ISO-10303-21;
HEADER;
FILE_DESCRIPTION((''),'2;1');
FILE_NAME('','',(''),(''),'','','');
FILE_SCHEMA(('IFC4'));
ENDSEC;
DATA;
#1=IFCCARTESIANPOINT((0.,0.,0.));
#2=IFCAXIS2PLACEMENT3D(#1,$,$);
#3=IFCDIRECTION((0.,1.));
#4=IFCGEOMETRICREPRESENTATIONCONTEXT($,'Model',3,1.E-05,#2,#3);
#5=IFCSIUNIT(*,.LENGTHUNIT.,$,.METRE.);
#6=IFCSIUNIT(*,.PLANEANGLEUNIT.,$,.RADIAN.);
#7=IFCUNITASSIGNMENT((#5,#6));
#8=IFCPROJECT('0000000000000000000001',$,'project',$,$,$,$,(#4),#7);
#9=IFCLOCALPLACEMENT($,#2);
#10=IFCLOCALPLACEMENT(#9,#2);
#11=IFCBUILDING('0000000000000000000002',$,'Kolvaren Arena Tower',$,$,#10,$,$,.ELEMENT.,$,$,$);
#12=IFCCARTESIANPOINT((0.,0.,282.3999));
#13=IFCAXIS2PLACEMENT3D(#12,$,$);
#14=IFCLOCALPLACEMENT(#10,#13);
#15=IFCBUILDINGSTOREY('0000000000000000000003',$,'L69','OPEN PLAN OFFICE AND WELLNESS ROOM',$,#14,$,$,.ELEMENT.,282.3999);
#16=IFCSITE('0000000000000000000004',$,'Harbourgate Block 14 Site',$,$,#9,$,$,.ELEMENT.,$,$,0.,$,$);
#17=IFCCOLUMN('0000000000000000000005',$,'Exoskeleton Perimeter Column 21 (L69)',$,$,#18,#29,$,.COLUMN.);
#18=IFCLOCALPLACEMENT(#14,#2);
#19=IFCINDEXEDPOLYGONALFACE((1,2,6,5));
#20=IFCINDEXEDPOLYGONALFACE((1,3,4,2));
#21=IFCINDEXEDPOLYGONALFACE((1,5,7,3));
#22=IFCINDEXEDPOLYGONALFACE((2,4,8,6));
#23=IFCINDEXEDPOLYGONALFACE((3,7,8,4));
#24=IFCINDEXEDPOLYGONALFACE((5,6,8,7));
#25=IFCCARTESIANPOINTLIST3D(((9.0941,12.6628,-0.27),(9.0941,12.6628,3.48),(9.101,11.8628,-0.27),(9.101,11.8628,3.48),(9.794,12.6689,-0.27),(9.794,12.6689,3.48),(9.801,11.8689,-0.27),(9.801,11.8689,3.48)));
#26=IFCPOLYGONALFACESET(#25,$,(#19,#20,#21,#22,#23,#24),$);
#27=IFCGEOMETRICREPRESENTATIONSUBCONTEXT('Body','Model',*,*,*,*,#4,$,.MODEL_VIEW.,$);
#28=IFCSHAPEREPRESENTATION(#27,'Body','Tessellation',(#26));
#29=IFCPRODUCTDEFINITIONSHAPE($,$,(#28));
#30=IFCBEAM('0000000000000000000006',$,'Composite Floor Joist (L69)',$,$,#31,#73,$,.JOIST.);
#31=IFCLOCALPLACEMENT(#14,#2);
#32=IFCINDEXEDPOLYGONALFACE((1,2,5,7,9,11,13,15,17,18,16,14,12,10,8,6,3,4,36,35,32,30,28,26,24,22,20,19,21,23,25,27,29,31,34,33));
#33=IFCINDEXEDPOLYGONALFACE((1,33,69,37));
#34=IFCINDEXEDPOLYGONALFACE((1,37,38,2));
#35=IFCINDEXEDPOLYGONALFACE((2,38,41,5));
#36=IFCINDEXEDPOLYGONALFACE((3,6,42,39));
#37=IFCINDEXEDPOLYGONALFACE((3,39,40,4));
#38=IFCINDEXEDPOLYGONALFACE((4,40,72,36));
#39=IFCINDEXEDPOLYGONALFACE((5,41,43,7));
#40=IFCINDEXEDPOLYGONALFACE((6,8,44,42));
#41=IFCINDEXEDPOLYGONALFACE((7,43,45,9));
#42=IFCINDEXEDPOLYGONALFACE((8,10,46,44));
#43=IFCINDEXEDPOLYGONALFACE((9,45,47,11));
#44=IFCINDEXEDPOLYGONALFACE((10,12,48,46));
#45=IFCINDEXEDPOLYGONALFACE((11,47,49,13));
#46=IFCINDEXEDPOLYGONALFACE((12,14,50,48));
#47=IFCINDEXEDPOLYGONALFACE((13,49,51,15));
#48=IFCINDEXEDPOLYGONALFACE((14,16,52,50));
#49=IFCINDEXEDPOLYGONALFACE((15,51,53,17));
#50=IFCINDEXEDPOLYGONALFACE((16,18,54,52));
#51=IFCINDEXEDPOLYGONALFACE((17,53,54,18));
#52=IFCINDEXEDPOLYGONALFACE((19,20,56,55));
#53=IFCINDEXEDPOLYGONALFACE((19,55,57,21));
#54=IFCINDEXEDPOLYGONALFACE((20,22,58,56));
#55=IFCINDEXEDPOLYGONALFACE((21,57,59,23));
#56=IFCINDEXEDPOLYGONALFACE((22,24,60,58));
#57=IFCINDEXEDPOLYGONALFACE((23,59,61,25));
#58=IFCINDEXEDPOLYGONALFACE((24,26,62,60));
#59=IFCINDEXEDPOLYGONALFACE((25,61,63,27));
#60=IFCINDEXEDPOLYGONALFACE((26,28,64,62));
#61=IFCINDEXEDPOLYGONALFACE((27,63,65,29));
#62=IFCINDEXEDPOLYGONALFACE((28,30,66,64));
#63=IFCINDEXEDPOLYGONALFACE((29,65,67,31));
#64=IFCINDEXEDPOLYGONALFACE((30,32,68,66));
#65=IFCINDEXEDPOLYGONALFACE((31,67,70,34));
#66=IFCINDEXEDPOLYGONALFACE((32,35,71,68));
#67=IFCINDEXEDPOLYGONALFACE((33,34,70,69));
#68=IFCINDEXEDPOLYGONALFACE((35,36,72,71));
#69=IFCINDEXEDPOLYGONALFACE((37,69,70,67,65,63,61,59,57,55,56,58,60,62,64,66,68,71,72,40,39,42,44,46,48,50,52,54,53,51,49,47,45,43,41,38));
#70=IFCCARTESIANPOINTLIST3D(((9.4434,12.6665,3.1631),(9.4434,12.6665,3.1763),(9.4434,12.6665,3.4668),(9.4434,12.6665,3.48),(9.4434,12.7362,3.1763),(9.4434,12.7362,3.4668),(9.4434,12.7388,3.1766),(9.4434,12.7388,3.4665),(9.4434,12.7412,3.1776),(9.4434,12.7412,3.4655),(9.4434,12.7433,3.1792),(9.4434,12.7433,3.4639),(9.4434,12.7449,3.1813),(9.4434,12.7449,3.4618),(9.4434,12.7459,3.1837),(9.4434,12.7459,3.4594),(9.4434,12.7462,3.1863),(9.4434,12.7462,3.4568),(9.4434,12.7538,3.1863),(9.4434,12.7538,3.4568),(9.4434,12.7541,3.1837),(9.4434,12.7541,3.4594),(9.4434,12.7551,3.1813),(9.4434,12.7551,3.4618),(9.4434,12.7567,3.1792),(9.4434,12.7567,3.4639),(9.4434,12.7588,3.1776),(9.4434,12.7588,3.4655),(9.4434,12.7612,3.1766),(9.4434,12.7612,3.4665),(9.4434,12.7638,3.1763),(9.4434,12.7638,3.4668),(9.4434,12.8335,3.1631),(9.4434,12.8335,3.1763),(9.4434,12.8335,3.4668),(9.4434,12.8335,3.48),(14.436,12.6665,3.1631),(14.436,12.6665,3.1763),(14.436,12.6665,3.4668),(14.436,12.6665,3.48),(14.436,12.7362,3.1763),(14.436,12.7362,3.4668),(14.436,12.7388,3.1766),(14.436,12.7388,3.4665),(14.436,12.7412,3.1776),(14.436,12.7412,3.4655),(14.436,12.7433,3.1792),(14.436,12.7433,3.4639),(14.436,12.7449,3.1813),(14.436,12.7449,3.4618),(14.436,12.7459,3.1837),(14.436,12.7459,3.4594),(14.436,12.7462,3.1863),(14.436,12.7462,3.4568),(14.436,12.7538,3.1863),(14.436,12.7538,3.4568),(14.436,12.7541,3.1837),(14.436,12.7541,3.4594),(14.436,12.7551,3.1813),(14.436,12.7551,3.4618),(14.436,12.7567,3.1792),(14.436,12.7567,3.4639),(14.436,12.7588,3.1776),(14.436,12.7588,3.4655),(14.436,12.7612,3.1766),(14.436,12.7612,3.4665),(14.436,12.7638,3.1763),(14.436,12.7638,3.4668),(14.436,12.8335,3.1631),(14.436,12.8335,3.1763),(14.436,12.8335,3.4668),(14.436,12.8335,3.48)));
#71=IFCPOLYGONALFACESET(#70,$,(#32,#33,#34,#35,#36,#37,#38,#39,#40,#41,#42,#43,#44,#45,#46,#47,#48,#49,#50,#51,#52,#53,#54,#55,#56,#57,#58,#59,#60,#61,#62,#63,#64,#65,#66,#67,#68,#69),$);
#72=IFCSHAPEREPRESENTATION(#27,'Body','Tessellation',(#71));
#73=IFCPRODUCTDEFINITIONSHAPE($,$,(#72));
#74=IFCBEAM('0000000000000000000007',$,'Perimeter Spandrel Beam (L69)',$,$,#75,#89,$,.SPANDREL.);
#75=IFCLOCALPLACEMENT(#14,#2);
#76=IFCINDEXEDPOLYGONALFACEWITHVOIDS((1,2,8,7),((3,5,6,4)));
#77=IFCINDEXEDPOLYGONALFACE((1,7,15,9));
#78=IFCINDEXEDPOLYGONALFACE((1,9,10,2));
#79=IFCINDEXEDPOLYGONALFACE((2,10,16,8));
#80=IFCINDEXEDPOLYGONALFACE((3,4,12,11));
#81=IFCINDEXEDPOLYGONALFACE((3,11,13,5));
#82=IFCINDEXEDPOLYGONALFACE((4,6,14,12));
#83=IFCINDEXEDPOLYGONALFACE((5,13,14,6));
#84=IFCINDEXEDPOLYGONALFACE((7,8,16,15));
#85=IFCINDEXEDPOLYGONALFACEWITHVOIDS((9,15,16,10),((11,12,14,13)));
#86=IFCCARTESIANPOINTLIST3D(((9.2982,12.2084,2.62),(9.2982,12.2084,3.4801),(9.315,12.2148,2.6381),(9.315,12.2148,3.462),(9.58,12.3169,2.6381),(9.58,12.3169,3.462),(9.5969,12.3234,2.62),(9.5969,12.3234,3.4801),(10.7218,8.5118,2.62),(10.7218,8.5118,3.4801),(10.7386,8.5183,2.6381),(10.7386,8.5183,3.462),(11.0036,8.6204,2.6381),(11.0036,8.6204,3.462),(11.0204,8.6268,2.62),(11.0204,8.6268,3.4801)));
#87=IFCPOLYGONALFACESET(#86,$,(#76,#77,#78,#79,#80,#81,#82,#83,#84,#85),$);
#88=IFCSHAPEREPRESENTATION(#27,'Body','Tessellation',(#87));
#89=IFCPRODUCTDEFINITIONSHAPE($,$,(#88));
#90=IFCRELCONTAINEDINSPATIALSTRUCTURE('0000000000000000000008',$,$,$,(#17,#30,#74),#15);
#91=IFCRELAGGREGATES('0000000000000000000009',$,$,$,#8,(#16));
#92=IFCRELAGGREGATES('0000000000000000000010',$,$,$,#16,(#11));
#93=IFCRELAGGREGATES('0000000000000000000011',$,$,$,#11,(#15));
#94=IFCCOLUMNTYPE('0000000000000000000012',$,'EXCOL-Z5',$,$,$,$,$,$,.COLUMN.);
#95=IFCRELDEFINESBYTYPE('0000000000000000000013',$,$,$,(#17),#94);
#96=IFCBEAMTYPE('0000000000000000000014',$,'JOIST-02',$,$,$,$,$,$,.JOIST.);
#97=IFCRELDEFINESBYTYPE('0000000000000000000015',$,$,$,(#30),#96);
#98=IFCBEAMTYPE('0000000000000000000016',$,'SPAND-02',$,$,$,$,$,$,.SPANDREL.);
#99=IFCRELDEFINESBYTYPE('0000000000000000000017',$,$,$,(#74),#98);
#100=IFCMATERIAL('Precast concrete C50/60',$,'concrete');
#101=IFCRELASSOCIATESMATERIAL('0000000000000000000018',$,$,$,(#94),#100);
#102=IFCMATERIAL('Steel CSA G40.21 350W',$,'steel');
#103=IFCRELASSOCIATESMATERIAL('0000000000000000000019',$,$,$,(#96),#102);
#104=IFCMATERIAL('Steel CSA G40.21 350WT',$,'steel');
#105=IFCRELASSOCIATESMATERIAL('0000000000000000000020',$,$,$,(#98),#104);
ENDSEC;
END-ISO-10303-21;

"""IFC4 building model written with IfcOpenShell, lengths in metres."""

from ifc_helpers import new_model, si_unit, direction, frame, origin, origin_2d, place, context, subcontext, project, spatial, rectangle, hollow_rectangle, i_section, extrude, material, material_profile, profile_set, type_object, element, save


model = new_model("IFC4")

# Units and contexts
model_context = context("Model", 3, precision=1e-05, world=origin(), true_north=direction((0.0, 1.0)))
body_context = subcontext(model_context, "Body", "Model", "MODEL_VIEW")
ifc_project = project(units=[si_unit("LENGTHUNIT", "METRE"), si_unit("PLANEANGLEUNIT", "RADIAN")], contexts=[model_context])

# Site, building, storey
site_placement = place(None, origin())
site = spatial("IfcSite", under=ifc_project, at=site_placement, Name="Harbourgate Block 14 Site", CompositionType="ELEMENT", RefElevation=0.0)
building_placement = place(site_placement, origin())
building = spatial("IfcBuilding", under=site, at=building_placement, Name="Kolvaren Arena Tower", CompositionType="ELEMENT")
storey_placement = place(building_placement, frame((0.0, 0.0, 282.3999)))
storey = spatial("IfcBuildingStorey", under=building, at=storey_placement, Name="L69", Description="OPEN PLAN OFFICE AND WELLNESS ROOM", CompositionType="ELEMENT", Elevation=282.3999)

# Column
ifc_material_1 = material(Name="Precast concrete C50/60", Category="concrete")
ifc_material_profile_1 = material_profile(ifc_material_1, rectangle(XDim=0.8, YDim=0.7, at=origin_2d()), Name="RC-800x700")
ifc_profile_set_1 = profile_set([ifc_material_profile_1], Name="Precast concrete C50/60")
column_type = type_object("IfcColumnType", Name="EXCOL-Z5", PredefinedType="COLUMN", material=ifc_profile_set_1)
column_placement = place(storey_placement, frame((9.4475, 12.2659, -0.27), z_axis=(0.0, 0.0, 1.0), x_axis=(-0.008727, 0.999962, 0.0)))
element("IfcColumn", 1, at=column_placement, inside=storey, type_object=column_type, Name="Exoskeleton Perimeter Column 21 (L69)", PredefinedType="COLUMN", context=body_context, shape_type="SweptSolid", body=[
    extrude(rectangle(XDim=0.8, YDim=0.7, at=origin_2d()), origin(), (0.0, 0.0, 1.0), 3.75),
])

# Beams
ifc_material_2 = material(Name="Steel CSA G40.21 350W", Category="steel")
ifc_material_profile_2 = material_profile(ifc_material_2, i_section(OverallWidth=0.167, OverallDepth=0.3169, WebThickness=0.0076, FlangeThickness=0.0132, FilletRadius=0.01, at=origin_2d()), Name="W310x52")
ifc_profile_set_2 = profile_set([ifc_material_profile_2], Name="Steel CSA G40.21 350W")
beam_type_1 = type_object("IfcBeamType", Name="JOIST-02", PredefinedType="JOIST", material=ifc_profile_set_2)
beam_1_placement = place(storey_placement, frame((9.4434, 12.75, 3.3215), z_axis=(1.0, 0.0, 0.0), x_axis=(0.0, 1.0, 0.0)))
element("IfcBeam", 2, at=beam_1_placement, inside=storey, type_object=beam_type_1, Name="Composite Floor Joist (L69)", PredefinedType="JOIST", context=body_context, shape_type="SweptSolid", body=[
    extrude(i_section(OverallWidth=0.167, OverallDepth=0.3169, WebThickness=0.0076, FlangeThickness=0.0132, FilletRadius=0.01, at=origin_2d()), origin(), (0.0, 0.0, 1.0), 4.9927),
])
ifc_material_3 = material(Name="Steel CSA G40.21 350WT", Category="steel")
ifc_material_profile_3 = material_profile(ifc_material_3, hollow_rectangle(XDim=0.3201, YDim=0.8601, WallThickness=0.0181, at=origin_2d()), Name="HSS 860x320x18")
ifc_profile_set_3 = profile_set([ifc_material_profile_3], Name="Steel CSA G40.21 350WT")
beam_type_2 = type_object("IfcBeamType", Name="SPAND-02", PredefinedType="SPANDREL", material=ifc_profile_set_3)
beam_2_placement = place(storey_placement, frame((9.4475, 12.2659, 3.05), z_axis=(0.359384, -0.93319, 0.0), x_axis=(0.93319, 0.359384, 0.0)))
element("IfcBeam", 3, at=beam_2_placement, inside=storey, type_object=beam_type_2, Name="Perimeter Spandrel Beam (L69)", PredefinedType="SPANDREL", context=body_context, shape_type="SweptSolid", body=[
    extrude(hollow_rectangle(XDim=0.3201, YDim=0.8601, WallThickness=0.0181, at=origin_2d()), origin(), (0.0, 0.0, 1.0), 3.9612),
])

save(model, "model.ifc")
